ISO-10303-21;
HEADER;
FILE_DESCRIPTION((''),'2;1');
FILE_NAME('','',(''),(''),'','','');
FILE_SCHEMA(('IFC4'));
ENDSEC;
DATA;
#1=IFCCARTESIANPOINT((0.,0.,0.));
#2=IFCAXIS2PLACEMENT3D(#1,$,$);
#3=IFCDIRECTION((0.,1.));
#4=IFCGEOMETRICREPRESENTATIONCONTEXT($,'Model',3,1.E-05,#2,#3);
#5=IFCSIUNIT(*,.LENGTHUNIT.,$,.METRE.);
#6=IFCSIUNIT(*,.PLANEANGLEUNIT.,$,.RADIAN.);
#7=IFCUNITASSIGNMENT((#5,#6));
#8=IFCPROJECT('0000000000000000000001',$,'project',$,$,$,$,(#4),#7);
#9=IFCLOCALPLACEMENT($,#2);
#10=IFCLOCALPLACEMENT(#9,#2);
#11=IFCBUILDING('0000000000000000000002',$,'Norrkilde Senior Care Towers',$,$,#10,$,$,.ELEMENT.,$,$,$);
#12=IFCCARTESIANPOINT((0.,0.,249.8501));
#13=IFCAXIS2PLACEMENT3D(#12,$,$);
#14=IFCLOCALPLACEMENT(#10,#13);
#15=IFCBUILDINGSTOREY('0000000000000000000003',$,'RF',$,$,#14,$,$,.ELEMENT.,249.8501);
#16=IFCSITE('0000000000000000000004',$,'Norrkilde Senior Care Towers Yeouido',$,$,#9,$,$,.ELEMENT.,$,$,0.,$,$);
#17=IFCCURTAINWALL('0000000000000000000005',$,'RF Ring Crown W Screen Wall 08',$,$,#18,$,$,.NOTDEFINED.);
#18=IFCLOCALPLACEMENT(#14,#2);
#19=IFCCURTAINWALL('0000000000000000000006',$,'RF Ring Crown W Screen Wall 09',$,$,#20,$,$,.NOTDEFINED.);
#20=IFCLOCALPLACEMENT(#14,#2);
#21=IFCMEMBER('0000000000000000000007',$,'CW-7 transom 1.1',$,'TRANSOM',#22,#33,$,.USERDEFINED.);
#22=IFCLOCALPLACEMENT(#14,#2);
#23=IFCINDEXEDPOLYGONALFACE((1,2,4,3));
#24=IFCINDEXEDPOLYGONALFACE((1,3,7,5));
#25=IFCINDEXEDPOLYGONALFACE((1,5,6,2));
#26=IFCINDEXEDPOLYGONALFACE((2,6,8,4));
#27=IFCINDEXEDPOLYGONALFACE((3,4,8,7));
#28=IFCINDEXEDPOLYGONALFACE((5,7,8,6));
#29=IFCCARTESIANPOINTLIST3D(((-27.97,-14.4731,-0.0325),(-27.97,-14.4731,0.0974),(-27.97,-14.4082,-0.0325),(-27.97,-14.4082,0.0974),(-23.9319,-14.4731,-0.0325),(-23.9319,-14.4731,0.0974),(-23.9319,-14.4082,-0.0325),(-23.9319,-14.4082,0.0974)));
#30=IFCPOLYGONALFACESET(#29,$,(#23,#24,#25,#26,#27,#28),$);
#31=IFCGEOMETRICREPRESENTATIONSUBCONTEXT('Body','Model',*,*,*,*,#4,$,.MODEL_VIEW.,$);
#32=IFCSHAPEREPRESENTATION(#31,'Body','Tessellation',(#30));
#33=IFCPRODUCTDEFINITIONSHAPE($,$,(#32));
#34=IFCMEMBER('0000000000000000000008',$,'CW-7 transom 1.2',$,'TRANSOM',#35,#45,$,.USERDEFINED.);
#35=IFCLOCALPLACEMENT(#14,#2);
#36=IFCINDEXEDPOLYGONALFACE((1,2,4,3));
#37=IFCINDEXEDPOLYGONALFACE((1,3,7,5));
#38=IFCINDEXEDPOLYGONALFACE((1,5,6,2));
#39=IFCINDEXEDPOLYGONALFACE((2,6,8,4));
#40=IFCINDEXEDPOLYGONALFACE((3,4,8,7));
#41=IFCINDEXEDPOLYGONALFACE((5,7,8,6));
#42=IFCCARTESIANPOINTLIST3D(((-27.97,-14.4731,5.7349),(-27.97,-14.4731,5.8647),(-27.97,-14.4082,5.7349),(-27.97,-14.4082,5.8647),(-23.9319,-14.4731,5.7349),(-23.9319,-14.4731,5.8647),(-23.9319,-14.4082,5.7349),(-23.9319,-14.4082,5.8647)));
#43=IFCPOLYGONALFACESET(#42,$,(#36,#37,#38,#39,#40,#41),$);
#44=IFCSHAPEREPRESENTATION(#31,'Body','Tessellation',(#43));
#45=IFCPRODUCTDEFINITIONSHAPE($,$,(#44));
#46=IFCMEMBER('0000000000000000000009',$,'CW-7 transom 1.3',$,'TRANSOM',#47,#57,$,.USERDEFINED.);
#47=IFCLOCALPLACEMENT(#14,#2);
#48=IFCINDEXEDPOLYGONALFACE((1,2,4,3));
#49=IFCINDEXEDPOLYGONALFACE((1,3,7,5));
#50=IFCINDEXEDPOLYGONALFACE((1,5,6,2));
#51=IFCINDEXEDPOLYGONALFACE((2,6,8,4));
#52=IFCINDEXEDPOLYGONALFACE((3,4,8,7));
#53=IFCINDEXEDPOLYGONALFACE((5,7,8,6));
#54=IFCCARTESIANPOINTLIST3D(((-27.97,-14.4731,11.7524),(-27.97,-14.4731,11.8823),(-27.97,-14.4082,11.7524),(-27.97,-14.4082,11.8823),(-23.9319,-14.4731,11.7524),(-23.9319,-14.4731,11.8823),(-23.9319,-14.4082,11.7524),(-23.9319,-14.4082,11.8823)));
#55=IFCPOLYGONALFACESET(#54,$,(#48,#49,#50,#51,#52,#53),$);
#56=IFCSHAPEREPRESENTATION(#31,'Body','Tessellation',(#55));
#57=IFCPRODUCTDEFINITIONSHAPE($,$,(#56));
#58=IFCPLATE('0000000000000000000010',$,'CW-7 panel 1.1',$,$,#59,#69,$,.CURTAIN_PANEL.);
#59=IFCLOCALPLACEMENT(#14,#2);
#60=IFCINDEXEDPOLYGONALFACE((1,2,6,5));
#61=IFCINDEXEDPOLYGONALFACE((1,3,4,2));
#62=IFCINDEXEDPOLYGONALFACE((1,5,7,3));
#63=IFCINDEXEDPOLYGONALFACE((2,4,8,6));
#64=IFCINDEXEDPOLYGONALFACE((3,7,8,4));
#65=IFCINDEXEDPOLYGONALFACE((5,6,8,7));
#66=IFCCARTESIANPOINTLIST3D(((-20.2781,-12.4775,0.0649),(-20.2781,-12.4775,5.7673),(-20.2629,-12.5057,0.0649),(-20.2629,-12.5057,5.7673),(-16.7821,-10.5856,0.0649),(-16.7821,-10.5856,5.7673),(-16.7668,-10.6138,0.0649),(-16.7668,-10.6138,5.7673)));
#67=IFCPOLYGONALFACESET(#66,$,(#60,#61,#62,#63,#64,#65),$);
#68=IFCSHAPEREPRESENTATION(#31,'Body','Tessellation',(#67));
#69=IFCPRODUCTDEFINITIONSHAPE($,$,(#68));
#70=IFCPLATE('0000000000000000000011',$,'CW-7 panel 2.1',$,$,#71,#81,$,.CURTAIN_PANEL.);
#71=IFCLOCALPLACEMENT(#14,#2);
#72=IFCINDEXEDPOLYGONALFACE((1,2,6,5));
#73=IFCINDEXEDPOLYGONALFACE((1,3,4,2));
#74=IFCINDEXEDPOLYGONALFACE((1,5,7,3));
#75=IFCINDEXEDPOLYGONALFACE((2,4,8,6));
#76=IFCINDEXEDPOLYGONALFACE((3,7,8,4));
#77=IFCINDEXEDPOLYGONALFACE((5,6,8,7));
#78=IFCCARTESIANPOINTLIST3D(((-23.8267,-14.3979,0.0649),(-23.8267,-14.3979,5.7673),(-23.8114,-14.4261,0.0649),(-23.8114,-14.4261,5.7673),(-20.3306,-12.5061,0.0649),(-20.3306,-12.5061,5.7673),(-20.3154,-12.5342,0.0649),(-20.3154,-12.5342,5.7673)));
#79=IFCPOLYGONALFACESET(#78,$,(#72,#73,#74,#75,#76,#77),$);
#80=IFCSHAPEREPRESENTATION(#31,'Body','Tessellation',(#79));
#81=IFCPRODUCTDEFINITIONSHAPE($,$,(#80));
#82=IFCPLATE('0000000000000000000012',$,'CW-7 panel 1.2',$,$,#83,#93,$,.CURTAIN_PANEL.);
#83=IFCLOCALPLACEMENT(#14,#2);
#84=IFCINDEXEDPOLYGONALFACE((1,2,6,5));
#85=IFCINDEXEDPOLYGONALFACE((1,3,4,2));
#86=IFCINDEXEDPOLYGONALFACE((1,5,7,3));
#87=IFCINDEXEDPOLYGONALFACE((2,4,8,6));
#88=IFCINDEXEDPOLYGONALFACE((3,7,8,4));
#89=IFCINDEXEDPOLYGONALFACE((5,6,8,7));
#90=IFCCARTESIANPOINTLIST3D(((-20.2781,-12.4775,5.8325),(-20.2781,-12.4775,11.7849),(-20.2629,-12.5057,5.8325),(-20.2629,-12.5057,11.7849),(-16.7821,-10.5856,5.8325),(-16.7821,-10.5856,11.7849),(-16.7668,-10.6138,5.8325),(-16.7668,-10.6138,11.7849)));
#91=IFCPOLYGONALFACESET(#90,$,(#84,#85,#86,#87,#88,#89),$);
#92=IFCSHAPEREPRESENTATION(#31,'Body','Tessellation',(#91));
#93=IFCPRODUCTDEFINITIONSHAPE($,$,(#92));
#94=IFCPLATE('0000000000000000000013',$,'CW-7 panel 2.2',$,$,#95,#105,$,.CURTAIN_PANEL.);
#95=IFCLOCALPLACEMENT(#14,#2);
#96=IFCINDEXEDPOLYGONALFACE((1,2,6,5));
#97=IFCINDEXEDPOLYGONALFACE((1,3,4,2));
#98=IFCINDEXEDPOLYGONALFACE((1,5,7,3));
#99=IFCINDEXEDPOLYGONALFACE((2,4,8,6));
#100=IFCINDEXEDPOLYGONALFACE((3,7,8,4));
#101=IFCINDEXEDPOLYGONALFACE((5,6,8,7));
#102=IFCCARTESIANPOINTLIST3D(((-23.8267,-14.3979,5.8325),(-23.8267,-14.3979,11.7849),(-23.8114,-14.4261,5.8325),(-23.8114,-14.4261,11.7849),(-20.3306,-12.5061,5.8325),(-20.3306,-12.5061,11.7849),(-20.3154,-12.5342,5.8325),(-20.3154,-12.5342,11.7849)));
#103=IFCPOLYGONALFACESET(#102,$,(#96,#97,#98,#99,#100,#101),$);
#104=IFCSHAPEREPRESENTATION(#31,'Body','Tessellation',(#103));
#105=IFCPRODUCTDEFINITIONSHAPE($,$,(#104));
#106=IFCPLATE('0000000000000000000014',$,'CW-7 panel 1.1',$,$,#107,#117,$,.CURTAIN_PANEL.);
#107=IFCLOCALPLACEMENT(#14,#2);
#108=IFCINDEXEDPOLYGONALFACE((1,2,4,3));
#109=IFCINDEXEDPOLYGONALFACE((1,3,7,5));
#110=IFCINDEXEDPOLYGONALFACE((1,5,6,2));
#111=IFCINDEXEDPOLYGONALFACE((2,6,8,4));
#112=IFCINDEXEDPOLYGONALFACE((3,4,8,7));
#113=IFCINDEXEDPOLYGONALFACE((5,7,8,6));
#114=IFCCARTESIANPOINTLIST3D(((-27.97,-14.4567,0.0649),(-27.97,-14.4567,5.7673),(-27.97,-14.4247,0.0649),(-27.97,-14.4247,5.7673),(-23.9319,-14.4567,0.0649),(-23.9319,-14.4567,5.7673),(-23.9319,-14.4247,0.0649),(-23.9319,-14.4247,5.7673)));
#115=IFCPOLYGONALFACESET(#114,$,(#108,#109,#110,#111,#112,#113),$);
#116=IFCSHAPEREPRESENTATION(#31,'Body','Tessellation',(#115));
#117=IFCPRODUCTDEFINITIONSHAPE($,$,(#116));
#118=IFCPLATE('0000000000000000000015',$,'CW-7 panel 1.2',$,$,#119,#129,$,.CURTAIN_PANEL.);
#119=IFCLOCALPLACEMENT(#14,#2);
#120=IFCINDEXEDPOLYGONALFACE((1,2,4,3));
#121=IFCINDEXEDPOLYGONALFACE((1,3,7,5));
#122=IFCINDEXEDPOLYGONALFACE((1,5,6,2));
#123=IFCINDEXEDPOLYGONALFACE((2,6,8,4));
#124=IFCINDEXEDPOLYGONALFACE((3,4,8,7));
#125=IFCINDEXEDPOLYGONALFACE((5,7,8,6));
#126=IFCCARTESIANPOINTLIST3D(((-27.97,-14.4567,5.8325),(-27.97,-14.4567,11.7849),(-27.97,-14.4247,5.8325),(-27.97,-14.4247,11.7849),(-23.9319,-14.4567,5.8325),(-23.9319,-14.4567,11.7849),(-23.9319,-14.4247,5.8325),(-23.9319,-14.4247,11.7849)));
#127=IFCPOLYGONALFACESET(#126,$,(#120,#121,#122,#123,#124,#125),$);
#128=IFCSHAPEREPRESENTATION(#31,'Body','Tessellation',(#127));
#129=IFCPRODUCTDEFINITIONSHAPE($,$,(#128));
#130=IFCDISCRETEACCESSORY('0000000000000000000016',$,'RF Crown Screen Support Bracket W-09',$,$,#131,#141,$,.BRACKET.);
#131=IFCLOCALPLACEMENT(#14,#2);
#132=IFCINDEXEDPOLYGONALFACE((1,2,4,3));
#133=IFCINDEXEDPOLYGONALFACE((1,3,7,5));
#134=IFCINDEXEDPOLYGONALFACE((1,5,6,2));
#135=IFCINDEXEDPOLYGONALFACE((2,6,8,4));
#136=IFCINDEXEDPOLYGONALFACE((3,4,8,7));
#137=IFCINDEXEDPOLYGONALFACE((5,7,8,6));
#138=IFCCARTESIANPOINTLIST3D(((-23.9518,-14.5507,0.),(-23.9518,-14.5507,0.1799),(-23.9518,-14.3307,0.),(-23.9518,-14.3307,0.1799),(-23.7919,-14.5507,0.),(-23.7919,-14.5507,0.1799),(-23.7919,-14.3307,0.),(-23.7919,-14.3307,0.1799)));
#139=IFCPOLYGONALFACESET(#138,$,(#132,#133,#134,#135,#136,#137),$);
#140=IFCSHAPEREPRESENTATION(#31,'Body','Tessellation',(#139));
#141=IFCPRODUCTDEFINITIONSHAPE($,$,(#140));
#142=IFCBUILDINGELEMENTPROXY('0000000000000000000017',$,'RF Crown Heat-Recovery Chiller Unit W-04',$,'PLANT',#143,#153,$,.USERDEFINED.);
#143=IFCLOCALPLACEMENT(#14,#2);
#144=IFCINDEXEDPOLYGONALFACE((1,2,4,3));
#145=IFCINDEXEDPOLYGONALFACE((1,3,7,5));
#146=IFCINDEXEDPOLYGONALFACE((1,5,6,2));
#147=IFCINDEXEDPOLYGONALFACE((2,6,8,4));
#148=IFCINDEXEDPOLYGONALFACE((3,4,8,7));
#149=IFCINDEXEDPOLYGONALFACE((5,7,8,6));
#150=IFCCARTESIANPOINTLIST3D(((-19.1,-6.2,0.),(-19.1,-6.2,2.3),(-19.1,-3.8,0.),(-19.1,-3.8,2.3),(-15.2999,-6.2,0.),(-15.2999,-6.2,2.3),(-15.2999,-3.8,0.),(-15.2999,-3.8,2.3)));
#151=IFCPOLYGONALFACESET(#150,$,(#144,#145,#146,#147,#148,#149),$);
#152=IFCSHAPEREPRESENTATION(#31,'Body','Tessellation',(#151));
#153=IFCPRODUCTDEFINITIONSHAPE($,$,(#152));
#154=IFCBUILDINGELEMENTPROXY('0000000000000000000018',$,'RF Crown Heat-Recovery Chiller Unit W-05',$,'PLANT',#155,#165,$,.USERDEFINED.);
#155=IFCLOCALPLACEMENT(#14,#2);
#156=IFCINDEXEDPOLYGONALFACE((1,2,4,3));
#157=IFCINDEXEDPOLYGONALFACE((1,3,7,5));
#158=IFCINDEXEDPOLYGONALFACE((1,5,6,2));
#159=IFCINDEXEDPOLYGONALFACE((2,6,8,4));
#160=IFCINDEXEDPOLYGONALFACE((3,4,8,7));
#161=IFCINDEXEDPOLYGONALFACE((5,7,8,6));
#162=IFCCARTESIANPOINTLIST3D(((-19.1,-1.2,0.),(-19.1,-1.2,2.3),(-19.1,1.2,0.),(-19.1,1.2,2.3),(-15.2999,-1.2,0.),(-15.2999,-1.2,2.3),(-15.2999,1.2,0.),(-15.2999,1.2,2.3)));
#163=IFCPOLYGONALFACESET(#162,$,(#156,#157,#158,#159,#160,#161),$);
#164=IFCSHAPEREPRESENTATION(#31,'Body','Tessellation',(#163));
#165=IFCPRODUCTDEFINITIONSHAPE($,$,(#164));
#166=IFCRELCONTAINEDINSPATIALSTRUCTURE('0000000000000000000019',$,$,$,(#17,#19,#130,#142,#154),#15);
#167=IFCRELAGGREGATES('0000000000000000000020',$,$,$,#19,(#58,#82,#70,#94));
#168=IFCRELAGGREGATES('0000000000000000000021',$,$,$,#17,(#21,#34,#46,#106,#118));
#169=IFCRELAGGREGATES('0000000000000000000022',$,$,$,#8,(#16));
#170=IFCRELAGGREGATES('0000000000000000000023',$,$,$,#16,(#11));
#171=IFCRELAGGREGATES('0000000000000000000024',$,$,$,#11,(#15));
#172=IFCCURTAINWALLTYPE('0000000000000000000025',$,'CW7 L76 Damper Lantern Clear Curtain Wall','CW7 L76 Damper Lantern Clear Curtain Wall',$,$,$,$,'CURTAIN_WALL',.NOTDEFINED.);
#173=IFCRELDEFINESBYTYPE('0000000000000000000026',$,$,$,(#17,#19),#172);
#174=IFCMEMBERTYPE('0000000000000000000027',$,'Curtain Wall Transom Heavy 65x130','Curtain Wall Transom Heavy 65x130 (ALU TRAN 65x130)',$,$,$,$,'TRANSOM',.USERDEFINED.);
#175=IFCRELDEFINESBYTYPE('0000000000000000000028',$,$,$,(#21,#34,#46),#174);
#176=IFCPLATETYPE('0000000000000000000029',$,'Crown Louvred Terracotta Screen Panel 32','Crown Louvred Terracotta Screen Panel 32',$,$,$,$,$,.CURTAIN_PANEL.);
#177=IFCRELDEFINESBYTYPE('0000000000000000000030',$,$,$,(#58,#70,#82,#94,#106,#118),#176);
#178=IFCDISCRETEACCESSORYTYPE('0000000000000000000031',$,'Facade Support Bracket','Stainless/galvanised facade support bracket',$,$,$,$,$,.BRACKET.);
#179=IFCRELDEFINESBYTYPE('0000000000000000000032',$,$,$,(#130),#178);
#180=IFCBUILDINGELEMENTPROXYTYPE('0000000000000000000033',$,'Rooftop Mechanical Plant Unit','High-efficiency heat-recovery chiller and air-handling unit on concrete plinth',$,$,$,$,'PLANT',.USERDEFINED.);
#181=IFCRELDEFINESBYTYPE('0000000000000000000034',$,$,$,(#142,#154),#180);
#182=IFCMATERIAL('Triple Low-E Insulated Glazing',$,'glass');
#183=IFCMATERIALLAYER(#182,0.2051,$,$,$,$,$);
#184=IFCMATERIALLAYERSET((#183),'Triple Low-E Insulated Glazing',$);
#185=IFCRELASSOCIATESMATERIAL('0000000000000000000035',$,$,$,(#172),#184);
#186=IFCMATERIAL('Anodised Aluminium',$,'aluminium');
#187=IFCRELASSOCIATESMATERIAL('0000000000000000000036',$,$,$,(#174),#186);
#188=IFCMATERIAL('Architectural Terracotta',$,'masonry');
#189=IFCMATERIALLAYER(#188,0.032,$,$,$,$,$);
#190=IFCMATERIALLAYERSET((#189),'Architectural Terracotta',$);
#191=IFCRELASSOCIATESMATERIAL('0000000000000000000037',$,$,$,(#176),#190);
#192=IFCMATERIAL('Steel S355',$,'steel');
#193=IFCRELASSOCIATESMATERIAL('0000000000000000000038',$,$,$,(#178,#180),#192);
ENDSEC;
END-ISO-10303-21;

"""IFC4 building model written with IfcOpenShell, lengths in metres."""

from ifc_helpers import new_model, si_unit, direction, frame, origin, origin_2d, place, context, subcontext, project, spatial, rectangle, extrude, source, transform, mapped, material, layer, layer_set, material_profile, profile_set, type_object, type_shapes, element, aggregate, save


model = new_model("IFC4")

# Units and contexts
model_context = context("Model", 3, precision=1e-05, world=origin(), true_north=direction((0.0, 1.0)))
body_context = subcontext(model_context, "Body", "Model", "MODEL_VIEW")
ifc_project = project(units=[si_unit("LENGTHUNIT", "METRE"), si_unit("PLANEANGLEUNIT", "RADIAN")], contexts=[model_context])

# Site, building, storey
site_placement = place(None, origin())
site = spatial("IfcSite", under=ifc_project, at=site_placement, Name="Norrkilde Senior Care Towers Yeouido", CompositionType="ELEMENT", RefElevation=0.0)
building_placement = place(site_placement, origin())
building = spatial("IfcBuilding", under=site, at=building_placement, Name="Norrkilde Senior Care Towers", CompositionType="ELEMENT")
storey_placement = place(building_placement, frame((0.0, 0.0, 249.8501)))
storey = spatial("IfcBuildingStorey", under=building, at=storey_placement, Name="RF", CompositionType="ELEMENT", Elevation=249.8501)

# Shared definitions
ifc_material_1 = material(Name="Steel S355", Category="steel")

# Curtain wall
ifc_material_2 = material(Name="Triple Low-E Insulated Glazing", Category="glass")
ifc_layer_1 = layer(ifc_material_2, 0.2051)
ifc_layer_set_1 = layer_set([ifc_layer_1], Name="Triple Low-E Insulated Glazing")
curtain_wall_type = type_object("IfcCurtainWallType", Name="CW7 L76 Damper Lantern Clear Curtain Wall", Description="CW7 L76 Damper Lantern Clear Curtain Wall", ElementType="CURTAIN_WALL", PredefinedType="NOTDEFINED", material=ifc_layer_set_1)
curtain_wall_1_placement = place(storey_placement, origin())
curtain_wall_1 = element("IfcCurtainWall", 1, at=curtain_wall_1_placement, inside=storey, type_object=curtain_wall_type, Name="RF Ring Crown W Screen Wall 08", PredefinedType="NOTDEFINED")
ifc_material_3 = material(Name="Anodised Aluminium", Category="aluminium")

# Curtain wall
curtain_wall_2_placement = place(storey_placement, origin())
curtain_wall_2 = element("IfcCurtainWall", 2, at=curtain_wall_2_placement, inside=storey, type_object=curtain_wall_type, Name="RF Ring Crown W Screen Wall 09", PredefinedType="NOTDEFINED")
ifc_material_profile_1 = material_profile(ifc_material_3, rectangle(XDim=0.0649, YDim=0.1299, at=origin_2d()), Name="ALU TRAN 65x130")
ifc_profile_set_1 = profile_set([ifc_material_profile_1], Name="Anodised Aluminium")
member_type_1 = type_object("IfcMemberType", Name="Curtain Wall Transom Heavy 65x130", Description="Curtain Wall Transom Heavy 65x130 (ALU TRAN 65x130)", ElementType="TRANSOM", PredefinedType="USERDEFINED", material=ifc_profile_set_1)

# Members
shared_shape_1 = source(origin(), body_context, "Body", "SweptSolid", [
    extrude(rectangle(XDim=0.0649, YDim=0.1299, at=origin_2d()), origin(), (0.0, 0.0, 1.0), 4.0381),
])
member_1_placement = place(storey_placement, frame((-23.9319, -14.4407, 0.0325), z_axis=(-1.0, 0.0, 0.0), x_axis=(0.0, -1.0, 0.0)))
member_1 = element("IfcMember", 3, at=member_1_placement, type_object=member_type_1, Name="CW-7 transom 1.1", ObjectType="TRANSOM", PredefinedType="USERDEFINED", context=body_context, shape_type="MappedRepresentation", body=[
    mapped(shared_shape_1, transform((0.0, 0.0, 0.0), x_axis=(1.0, 0.0, 0.0), y_axis=(0.0, 1.0, 0.0), z_axis=(0.0, 0.0, 1.0), scale=1.0)),
])
member_2_placement = place(storey_placement, frame((-23.9319, -14.4407, 5.7998), z_axis=(-1.0, 0.0, 0.0), x_axis=(0.0, -1.0, 0.0)))
member_2 = element("IfcMember", 4, at=member_2_placement, type_object=member_type_1, Name="CW-7 transom 1.2", ObjectType="TRANSOM", PredefinedType="USERDEFINED", context=body_context, shape_type="MappedRepresentation", body=[
    mapped(shared_shape_1, transform((0.0, 0.0, 0.0), x_axis=(1.0, 0.0, 0.0), y_axis=(0.0, 1.0, 0.0), z_axis=(0.0, 0.0, 1.0), scale=1.0)),
])
member_3_placement = place(storey_placement, frame((-23.9319, -14.4407, 11.8174), z_axis=(-1.0, 0.0, 0.0), x_axis=(0.0, -1.0, 0.0)))
member_3 = element("IfcMember", 5, at=member_3_placement, type_object=member_type_1, Name="CW-7 transom 1.3", ObjectType="TRANSOM", PredefinedType="USERDEFINED", context=body_context, shape_type="MappedRepresentation", body=[
    mapped(shared_shape_1, transform((0.0, 0.0, 0.0), x_axis=(1.0, 0.0, 0.0), y_axis=(0.0, 1.0, 0.0), z_axis=(0.0, 0.0, 1.0), scale=1.0)),
])

# Plates
ifc_material_4 = material(Name="Architectural Terracotta", Category="masonry")
ifc_layer_2 = layer(ifc_material_4, 0.032)
ifc_layer_set_2 = layer_set([ifc_layer_2], Name="Architectural Terracotta")
plate_type = type_object("IfcPlateType", Name="Crown Louvred Terracotta Screen Panel 32", Description="Crown Louvred Terracotta Screen Panel 32", PredefinedType="CURTAIN_PANEL", material=ifc_layer_set_2)
shared_shape_2 = source(origin(), body_context, "Body", "SweptSolid", [
    extrude(rectangle(XDim=3.9751, YDim=0.032, at=origin_2d()), origin(), (0.0, 0.0, 1.0), 5.7024),
])
plate_1_placement = place(storey_placement, frame((-18.5225, -11.5457, 0.0649), z_axis=(0.0, 0.0, 1.0), x_axis=(-0.879481, -0.475934, 0.0)))
plate_1 = element("IfcPlate", 6, at=plate_1_placement, type_object=plate_type, Name="CW-7 panel 1.1", PredefinedType="CURTAIN_PANEL", context=body_context, shape_type="MappedRepresentation", body=[
    mapped(shared_shape_2, transform((0.0, 0.0, 0.0), x_axis=(1.0, 0.0, 0.0), y_axis=(0.0, 1.0, 0.0), z_axis=(0.0, 0.0, 1.0), scale=1.0)),
])
plate_2_placement = place(storey_placement, frame((-22.071, -13.4661, 0.0649), z_axis=(0.0, 0.0, 1.0), x_axis=(-0.879481, -0.475934, 0.0)))
plate_2 = element("IfcPlate", 7, at=plate_2_placement, type_object=plate_type, Name="CW-7 panel 2.1", PredefinedType="CURTAIN_PANEL", context=body_context, shape_type="MappedRepresentation", body=[
    mapped(shared_shape_2, transform((0.0, 0.0, 0.0), x_axis=(1.0, 0.0, 0.0), y_axis=(0.0, 1.0, 0.0), z_axis=(0.0, 0.0, 1.0), scale=1.0)),
])
shared_shape_3 = source(origin(), body_context, "Body", "SweptSolid", [
    extrude(rectangle(XDim=3.9751, YDim=0.032, at=origin_2d()), origin(), (0.0, 0.0, 1.0), 5.9524),
])
plate_3_placement = place(storey_placement, frame((-18.5225, -11.5457, 5.8325), z_axis=(0.0, 0.0, 1.0), x_axis=(-0.879481, -0.475934, 0.0)))
plate_3 = element("IfcPlate", 8, at=plate_3_placement, type_object=plate_type, Name="CW-7 panel 1.2", PredefinedType="CURTAIN_PANEL", context=body_context, shape_type="MappedRepresentation", body=[
    mapped(shared_shape_3, transform((0.0, 0.0, 0.0), x_axis=(1.0, 0.0, 0.0), y_axis=(0.0, 1.0, 0.0), z_axis=(0.0, 0.0, 1.0), scale=1.0)),
])
plate_4_placement = place(storey_placement, frame((-22.071, -13.4661, 5.8325), z_axis=(0.0, 0.0, 1.0), x_axis=(-0.879481, -0.475934, 0.0)))
plate_4 = element("IfcPlate", 9, at=plate_4_placement, type_object=plate_type, Name="CW-7 panel 2.2", PredefinedType="CURTAIN_PANEL", context=body_context, shape_type="MappedRepresentation", body=[
    mapped(shared_shape_3, transform((0.0, 0.0, 0.0), x_axis=(1.0, 0.0, 0.0), y_axis=(0.0, 1.0, 0.0), z_axis=(0.0, 0.0, 1.0), scale=1.0)),
])
aggregate(curtain_wall_2, [plate_1, plate_3, plate_2, plate_4])
shared_shape_4 = source(origin(), body_context, "Body", "SweptSolid", [
    extrude(rectangle(XDim=4.0381, YDim=0.032, at=origin_2d()), origin(), (0.0, 0.0, 1.0), 5.7024),
])
plate_5_placement = place(storey_placement, frame((-25.9509, -14.4407, 0.0649), z_axis=(0.0, 0.0, 1.0), x_axis=(-1.0, 0.0, 0.0)))
plate_5 = element("IfcPlate", 10, at=plate_5_placement, type_object=plate_type, Name="CW-7 panel 1.1", PredefinedType="CURTAIN_PANEL", context=body_context, shape_type="MappedRepresentation", body=[
    mapped(shared_shape_4, transform((0.0, 0.0, 0.0), x_axis=(1.0, 0.0, 0.0), y_axis=(0.0, 1.0, 0.0), z_axis=(0.0, 0.0, 1.0), scale=1.0)),
])
shared_shape_5 = source(origin(), body_context, "Body", "SweptSolid", [
    extrude(rectangle(XDim=4.0381, YDim=0.032, at=origin_2d()), origin(), (0.0, 0.0, 1.0), 5.9524),
])
type_shapes(plate_type, [shared_shape_2, shared_shape_3, shared_shape_4, shared_shape_5])
plate_6_placement = place(storey_placement, frame((-25.9509, -14.4407, 5.8325), z_axis=(0.0, 0.0, 1.0), x_axis=(-1.0, 0.0, 0.0)))
plate_6 = element("IfcPlate", 11, at=plate_6_placement, type_object=plate_type, Name="CW-7 panel 1.2", PredefinedType="CURTAIN_PANEL", context=body_context, shape_type="MappedRepresentation", body=[
    mapped(shared_shape_5, transform((0.0, 0.0, 0.0), x_axis=(1.0, 0.0, 0.0), y_axis=(0.0, 1.0, 0.0), z_axis=(0.0, 0.0, 1.0), scale=1.0)),
])
aggregate(curtain_wall_1, [member_1, member_2, member_3, plate_5, plate_6])

# Discrete accessory
discrete_accessory_type = type_object("IfcDiscreteAccessoryType", Name="Facade Support Bracket", Description="Stainless/galvanised facade support bracket", PredefinedType="BRACKET", material=ifc_material_1)
shared_shape_6 = source(origin(), body_context, "Body", "SweptSolid", [
    extrude(rectangle(XDim=0.1599, YDim=0.22, at=origin_2d()), origin(), (0.0, 0.0, 1.0), 0.1799),
])
type_shapes(discrete_accessory_type, [shared_shape_6])
discrete_accessory_placement = place(storey_placement, frame((-23.8718, -14.4407, 0.0), z_axis=(0.0, 0.0, 1.0), x_axis=(1.0, 0.0, 0.0)))
element("IfcDiscreteAccessory", 12, at=discrete_accessory_placement, inside=storey, type_object=discrete_accessory_type, Name="RF Crown Screen Support Bracket W-09", PredefinedType="BRACKET", context=body_context, shape_type="MappedRepresentation", body=[
    mapped(shared_shape_6, transform((0.0, 0.0, 0.0), x_axis=(1.0, 0.0, 0.0), y_axis=(0.0, 1.0, 0.0), z_axis=(0.0, 0.0, 1.0), scale=1.0)),
])

# Building element proxies
building_element_proxy_type = type_object("IfcBuildingElementProxyType", Name="Rooftop Mechanical Plant Unit", Description="High-efficiency heat-recovery chiller and air-handling unit on concrete plinth", ElementType="PLANT", PredefinedType="USERDEFINED", material=ifc_material_1)
shared_shape_7 = source(origin(), body_context, "Body", "SweptSolid", [
    extrude(rectangle(XDim=3.8, YDim=2.3999, at=origin_2d()), origin(), (0.0, 0.0, 1.0), 2.3),
])
type_shapes(building_element_proxy_type, [shared_shape_7])
for number, where, z_axis, x_axis, name in (
    (13, (-17.2, -5.0, 0.0), (0.0, 0.0, 1.0), (1.0, 0.0, 0.0), "RF Crown Heat-Recovery Chiller Unit W-04"),
    (14, (-17.2, 0.0, 0.0), (0.0, 0.0, 1.0), (1.0, 0.0, 0.0), "RF Crown Heat-Recovery Chiller Unit W-05"),
):
    element("IfcBuildingElementProxy", number, at=place(storey_placement, frame(where, z_axis=z_axis, x_axis=x_axis)), inside=storey, type_object=building_element_proxy_type, Name=name, ObjectType="PLANT", PredefinedType="USERDEFINED", context=body_context, shape_type="MappedRepresentation", body=[
        mapped(shared_shape_7, transform((0.0, 0.0, 0.0), x_axis=(1.0, 0.0, 0.0), y_axis=(0.0, 1.0, 0.0), z_axis=(0.0, 0.0, 1.0), scale=1.0)),
    ])

save(model, "model.ifc")
